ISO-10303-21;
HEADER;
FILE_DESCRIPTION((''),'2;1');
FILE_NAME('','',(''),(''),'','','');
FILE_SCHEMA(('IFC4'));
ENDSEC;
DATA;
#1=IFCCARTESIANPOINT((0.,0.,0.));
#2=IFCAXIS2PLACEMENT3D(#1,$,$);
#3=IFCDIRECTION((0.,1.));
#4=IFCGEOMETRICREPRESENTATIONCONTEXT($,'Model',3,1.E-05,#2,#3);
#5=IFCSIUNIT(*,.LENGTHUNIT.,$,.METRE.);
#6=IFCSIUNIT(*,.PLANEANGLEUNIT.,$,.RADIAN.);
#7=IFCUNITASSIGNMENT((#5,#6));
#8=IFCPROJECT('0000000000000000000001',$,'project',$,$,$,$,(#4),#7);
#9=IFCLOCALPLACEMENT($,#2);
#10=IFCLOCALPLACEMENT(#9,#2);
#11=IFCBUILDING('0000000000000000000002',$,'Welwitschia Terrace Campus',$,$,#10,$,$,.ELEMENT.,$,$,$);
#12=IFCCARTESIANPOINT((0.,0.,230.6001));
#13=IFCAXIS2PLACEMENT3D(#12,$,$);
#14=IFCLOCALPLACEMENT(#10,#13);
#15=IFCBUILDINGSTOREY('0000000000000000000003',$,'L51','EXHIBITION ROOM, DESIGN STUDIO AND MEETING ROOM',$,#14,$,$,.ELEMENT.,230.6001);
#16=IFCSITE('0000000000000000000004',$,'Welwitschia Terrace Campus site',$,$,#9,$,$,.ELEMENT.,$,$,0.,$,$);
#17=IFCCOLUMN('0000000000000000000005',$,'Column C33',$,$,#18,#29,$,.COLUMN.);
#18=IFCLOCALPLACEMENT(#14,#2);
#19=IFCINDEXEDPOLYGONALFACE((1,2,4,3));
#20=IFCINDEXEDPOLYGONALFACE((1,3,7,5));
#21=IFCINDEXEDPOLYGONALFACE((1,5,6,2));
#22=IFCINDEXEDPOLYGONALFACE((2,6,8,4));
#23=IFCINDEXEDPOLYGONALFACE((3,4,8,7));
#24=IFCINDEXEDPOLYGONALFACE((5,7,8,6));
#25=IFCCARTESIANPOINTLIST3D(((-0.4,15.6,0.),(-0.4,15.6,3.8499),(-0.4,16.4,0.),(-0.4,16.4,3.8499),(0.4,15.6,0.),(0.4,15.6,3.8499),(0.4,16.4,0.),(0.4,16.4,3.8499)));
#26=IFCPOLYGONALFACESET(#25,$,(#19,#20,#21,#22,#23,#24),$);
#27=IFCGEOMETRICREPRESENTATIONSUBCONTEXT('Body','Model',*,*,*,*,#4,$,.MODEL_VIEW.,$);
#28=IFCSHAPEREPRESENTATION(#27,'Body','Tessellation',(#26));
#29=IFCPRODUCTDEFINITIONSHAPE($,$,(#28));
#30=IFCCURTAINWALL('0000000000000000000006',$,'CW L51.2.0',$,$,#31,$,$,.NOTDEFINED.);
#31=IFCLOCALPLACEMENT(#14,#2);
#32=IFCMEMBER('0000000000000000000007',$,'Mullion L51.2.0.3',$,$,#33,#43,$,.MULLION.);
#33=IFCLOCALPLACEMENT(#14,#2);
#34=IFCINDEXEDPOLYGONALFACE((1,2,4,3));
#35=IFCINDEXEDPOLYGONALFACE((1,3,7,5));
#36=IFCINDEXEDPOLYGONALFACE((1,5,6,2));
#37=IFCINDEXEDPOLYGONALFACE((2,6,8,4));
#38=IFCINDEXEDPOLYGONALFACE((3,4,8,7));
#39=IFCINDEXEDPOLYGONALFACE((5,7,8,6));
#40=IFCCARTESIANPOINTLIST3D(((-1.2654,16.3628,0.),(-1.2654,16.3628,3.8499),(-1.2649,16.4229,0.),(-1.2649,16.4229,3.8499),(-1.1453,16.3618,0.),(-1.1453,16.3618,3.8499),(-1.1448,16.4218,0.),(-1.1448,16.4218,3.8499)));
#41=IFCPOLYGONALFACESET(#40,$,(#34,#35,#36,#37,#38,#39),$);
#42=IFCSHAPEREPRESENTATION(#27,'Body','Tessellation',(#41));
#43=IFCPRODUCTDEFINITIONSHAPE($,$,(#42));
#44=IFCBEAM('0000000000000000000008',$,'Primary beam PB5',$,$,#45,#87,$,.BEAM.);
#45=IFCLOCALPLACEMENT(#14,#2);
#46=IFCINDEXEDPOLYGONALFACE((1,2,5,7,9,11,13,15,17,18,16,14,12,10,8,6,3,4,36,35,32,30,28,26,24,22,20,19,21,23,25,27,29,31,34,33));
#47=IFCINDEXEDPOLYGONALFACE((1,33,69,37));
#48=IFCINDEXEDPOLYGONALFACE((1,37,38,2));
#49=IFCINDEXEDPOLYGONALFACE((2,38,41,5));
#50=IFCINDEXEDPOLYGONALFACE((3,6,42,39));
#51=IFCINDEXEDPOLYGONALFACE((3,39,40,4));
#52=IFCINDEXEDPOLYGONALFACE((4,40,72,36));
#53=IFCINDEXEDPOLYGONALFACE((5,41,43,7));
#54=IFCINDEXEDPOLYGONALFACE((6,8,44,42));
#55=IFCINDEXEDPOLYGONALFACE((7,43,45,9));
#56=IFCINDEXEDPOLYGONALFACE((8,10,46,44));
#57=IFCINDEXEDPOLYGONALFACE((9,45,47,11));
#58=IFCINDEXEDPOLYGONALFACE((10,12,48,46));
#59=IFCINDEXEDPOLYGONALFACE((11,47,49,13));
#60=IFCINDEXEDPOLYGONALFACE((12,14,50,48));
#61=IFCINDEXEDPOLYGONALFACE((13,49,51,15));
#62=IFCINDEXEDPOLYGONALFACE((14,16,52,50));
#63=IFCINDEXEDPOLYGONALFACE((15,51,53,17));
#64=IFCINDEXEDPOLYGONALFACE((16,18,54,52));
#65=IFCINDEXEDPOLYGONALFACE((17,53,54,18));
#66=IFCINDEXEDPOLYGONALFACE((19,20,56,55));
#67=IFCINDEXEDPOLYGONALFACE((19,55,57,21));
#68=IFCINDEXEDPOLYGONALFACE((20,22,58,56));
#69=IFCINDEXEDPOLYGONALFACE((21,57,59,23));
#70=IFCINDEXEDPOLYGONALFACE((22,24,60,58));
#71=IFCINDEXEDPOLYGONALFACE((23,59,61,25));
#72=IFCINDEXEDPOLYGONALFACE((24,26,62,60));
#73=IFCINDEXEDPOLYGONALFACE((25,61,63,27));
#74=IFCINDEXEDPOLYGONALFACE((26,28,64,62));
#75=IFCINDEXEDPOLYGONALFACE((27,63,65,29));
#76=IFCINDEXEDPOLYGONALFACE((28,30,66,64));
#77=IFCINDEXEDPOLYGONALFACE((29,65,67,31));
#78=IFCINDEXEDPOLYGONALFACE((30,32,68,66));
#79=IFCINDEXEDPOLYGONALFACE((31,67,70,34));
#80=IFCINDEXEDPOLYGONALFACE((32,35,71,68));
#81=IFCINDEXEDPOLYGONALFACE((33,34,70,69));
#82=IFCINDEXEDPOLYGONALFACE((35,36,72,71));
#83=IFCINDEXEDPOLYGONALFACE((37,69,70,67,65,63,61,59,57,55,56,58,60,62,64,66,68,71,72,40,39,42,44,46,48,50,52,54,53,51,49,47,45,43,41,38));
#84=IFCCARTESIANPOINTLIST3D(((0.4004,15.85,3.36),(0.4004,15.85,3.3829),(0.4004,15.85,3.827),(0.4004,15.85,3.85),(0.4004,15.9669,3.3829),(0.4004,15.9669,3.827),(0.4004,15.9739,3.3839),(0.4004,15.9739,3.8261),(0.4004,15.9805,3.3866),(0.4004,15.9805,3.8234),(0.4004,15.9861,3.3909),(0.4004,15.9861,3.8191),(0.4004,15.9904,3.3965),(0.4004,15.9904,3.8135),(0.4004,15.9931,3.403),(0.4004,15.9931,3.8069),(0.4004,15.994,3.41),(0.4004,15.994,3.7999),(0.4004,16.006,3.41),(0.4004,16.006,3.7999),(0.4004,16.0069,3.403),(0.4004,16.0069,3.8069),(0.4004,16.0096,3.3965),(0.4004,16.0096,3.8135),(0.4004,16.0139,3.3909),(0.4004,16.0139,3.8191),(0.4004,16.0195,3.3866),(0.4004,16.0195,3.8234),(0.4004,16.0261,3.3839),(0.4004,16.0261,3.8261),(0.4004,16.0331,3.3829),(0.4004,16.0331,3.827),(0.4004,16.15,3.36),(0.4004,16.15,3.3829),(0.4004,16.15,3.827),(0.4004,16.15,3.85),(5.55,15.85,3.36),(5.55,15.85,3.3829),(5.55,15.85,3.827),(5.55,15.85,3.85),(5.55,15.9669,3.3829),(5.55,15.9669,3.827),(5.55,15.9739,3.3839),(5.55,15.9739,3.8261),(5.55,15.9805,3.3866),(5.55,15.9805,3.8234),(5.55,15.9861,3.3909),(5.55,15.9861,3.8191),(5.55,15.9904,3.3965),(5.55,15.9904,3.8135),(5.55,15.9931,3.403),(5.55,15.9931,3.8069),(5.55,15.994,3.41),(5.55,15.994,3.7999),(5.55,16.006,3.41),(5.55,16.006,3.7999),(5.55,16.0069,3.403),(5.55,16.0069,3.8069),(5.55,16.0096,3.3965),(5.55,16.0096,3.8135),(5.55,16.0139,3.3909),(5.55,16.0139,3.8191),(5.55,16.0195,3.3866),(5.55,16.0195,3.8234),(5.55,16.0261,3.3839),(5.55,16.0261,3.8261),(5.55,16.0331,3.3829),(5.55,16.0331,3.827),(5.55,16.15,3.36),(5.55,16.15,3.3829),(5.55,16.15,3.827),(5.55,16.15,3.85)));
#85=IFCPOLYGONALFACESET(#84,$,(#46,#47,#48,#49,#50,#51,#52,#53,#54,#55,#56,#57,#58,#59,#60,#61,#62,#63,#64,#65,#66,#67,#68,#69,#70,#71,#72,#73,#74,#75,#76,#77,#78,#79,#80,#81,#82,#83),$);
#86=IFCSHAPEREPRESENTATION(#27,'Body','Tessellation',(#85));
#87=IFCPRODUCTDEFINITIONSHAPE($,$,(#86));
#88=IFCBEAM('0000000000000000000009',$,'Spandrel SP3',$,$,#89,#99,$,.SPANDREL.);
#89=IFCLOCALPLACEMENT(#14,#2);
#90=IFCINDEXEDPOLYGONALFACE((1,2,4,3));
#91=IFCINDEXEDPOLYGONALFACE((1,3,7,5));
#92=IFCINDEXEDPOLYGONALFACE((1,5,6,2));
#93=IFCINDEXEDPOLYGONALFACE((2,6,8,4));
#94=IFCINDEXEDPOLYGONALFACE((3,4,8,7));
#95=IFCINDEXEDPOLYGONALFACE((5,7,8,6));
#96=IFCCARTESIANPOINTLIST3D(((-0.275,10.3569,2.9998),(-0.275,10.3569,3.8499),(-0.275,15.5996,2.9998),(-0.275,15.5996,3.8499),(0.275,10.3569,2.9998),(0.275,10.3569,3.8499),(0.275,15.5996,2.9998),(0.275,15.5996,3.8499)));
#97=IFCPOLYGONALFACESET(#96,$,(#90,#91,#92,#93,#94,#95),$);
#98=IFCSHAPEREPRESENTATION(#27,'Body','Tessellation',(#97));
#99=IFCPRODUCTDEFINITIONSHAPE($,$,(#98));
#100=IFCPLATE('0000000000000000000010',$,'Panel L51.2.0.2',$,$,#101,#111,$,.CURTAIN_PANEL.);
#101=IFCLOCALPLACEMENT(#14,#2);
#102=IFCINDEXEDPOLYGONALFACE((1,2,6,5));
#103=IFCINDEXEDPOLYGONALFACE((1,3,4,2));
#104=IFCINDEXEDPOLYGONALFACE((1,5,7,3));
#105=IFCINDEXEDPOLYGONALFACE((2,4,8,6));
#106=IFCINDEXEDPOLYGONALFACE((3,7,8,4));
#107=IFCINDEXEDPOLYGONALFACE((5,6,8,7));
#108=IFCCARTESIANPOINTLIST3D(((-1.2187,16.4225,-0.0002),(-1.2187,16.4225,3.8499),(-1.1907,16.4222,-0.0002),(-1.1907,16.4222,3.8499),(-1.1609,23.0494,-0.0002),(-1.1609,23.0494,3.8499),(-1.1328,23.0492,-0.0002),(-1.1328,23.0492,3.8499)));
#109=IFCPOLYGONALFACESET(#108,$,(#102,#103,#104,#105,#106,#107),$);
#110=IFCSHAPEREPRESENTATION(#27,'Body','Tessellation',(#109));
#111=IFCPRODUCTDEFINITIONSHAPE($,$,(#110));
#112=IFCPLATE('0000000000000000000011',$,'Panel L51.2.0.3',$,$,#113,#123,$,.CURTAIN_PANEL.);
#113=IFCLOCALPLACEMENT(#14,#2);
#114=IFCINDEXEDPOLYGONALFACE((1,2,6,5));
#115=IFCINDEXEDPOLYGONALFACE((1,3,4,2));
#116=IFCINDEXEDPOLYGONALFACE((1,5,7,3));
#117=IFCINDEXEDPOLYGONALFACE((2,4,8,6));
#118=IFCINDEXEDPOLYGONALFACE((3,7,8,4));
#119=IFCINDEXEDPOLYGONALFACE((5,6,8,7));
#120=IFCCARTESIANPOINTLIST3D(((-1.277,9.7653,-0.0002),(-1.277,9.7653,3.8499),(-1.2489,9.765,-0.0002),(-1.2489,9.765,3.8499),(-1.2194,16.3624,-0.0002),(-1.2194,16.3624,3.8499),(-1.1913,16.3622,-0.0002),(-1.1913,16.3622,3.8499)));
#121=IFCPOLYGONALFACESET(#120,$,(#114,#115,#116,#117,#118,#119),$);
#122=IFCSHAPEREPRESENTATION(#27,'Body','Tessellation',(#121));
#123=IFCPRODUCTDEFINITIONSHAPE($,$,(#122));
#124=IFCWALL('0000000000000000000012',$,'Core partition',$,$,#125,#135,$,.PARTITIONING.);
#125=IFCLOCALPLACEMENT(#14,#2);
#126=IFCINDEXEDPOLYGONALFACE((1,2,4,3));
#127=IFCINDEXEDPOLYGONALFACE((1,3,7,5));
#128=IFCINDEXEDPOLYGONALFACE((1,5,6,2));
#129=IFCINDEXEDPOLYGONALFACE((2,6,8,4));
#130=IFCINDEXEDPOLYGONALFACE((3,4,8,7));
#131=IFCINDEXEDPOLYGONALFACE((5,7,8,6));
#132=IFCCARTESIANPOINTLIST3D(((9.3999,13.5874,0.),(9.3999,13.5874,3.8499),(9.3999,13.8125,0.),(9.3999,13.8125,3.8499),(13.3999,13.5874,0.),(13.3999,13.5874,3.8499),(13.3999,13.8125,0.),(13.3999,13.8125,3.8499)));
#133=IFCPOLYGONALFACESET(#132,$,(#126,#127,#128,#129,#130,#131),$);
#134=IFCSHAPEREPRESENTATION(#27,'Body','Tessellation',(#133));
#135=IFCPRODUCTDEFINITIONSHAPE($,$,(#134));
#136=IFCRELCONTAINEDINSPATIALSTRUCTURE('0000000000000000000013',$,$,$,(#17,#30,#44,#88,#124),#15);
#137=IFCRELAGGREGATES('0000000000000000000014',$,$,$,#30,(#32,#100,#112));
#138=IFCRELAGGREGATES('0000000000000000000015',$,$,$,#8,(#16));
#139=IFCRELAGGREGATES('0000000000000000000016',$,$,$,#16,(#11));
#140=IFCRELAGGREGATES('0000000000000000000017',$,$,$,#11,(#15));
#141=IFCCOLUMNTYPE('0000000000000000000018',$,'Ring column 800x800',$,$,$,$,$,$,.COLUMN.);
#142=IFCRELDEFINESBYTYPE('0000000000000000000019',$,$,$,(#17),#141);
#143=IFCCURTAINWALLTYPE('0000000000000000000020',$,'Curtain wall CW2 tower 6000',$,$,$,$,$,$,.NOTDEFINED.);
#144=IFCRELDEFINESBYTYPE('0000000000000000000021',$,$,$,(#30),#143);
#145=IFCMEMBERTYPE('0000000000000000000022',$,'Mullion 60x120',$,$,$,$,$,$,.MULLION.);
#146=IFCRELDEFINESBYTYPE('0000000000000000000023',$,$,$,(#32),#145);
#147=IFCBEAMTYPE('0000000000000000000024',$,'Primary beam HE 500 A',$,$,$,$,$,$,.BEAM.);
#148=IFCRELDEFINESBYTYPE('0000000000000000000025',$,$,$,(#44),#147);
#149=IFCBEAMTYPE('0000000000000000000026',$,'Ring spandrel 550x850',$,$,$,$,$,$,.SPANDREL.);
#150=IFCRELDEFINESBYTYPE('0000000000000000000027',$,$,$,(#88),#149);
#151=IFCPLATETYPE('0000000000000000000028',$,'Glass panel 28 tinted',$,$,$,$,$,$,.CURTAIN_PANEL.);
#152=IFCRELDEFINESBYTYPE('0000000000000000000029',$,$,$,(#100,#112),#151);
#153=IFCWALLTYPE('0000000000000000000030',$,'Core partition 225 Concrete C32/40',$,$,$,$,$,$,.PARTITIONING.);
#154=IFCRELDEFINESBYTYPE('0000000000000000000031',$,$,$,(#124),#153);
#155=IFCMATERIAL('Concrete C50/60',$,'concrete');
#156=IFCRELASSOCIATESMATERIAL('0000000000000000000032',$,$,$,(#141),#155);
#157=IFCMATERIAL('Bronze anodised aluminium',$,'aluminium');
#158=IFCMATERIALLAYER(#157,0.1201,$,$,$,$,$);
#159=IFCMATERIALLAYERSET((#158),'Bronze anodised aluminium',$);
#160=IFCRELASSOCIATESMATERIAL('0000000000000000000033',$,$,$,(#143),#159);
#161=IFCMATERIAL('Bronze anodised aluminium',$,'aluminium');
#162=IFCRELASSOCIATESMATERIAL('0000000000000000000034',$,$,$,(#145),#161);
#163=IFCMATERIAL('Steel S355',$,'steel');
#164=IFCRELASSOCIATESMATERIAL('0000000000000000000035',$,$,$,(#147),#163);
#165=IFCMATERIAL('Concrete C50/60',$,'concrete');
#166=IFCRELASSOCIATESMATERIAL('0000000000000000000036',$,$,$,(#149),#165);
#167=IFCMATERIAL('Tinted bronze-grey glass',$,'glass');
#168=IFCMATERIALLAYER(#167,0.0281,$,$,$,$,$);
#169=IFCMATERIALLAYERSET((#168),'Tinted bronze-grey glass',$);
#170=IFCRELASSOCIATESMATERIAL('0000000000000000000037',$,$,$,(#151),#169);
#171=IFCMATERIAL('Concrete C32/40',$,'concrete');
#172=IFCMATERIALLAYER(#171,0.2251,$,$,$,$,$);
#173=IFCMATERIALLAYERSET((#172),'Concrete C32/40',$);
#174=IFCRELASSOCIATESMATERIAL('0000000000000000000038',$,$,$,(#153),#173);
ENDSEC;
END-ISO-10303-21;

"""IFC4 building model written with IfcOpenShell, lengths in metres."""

from ifc_helpers import new_model, si_unit, direction, frame, frame_2d, origin, origin_2d, place, context, subcontext, project, spatial, rectangle, i_section, extrude, material, layer, layer_set, material_profile, profile_set, type_object, element, aggregate, save


model = new_model("IFC4")

# Units and contexts
model_context = context("Model", 3, precision=1e-05, world=origin(), true_north=direction((0.0, 1.0)))
body_context = subcontext(model_context, "Body", "Model", "MODEL_VIEW")
ifc_project = project(units=[si_unit("LENGTHUNIT", "METRE"), si_unit("PLANEANGLEUNIT", "RADIAN")], contexts=[model_context])

# Site, building, storey
site_placement = place(None, origin())
site = spatial("IfcSite", under=ifc_project, at=site_placement, Name="Welwitschia Terrace Campus site", CompositionType="ELEMENT", RefElevation=0.0)
building_placement = place(site_placement, origin())
building = spatial("IfcBuilding", under=site, at=building_placement, Name="Welwitschia Terrace Campus", CompositionType="ELEMENT")
storey_placement = place(building_placement, frame((0.0, 0.0, 230.6001)))
storey = spatial("IfcBuildingStorey", under=building, at=storey_placement, Name="L51", Description="EXHIBITION ROOM, DESIGN STUDIO AND MEETING ROOM", CompositionType="ELEMENT", Elevation=230.6001)

# Column
ifc_material_1 = material(Name="Concrete C50/60", Category="concrete")
ifc_material_profile_1 = material_profile(ifc_material_1, rectangle(XDim=0.8, YDim=0.8, at=origin_2d()))
ifc_profile_set_1 = profile_set([ifc_material_profile_1], Name="Concrete C50/60")
column_type = type_object("IfcColumnType", Name="Ring column 800x800", PredefinedType="COLUMN", material=ifc_profile_set_1)
column_placement = place(storey_placement, frame((0.0, 16.0, 0.0), z_axis=(0.0, 0.0, 1.0), x_axis=(1.0, 0.0, 0.0)))
element("IfcColumn", 1, at=column_placement, inside=storey, type_object=column_type, Name="Column C33", PredefinedType="COLUMN", context=body_context, shape_type="SweptSolid", body=[
    extrude(rectangle(XDim=0.8, YDim=0.8, at=origin_2d()), origin(), (0.0, 0.0, 1.0), 3.8499),
])

# Curtain wall, member
ifc_material_2 = material(Name="Bronze anodised aluminium", Category="aluminium")
ifc_layer_1 = layer(ifc_material_2, 0.1201)
ifc_layer_set_1 = layer_set([ifc_layer_1], Name="Bronze anodised aluminium")
curtain_wall_type = type_object("IfcCurtainWallType", Name="Curtain wall CW2 tower 6000", PredefinedType="NOTDEFINED", material=ifc_layer_set_1)
curtain_wall_placement = place(storey_placement, origin())
curtain_wall = element("IfcCurtainWall", 2, at=curtain_wall_placement, inside=storey, type_object=curtain_wall_type, Name="CW L51.2.0", PredefinedType="NOTDEFINED")
ifc_material_3 = material(Name="Bronze anodised aluminium", Category="aluminium")
ifc_material_profile_2 = material_profile(ifc_material_3, rectangle(XDim=0.1201, YDim=0.0601, at=origin_2d()))
ifc_profile_set_2 = profile_set([ifc_material_profile_2], Name="Bronze anodised aluminium")
member_type = type_object("IfcMemberType", Name="Mullion 60x120", PredefinedType="MULLION", material=ifc_profile_set_2)
member_placement = place(storey_placement, frame((-1.2051, 16.3923, 0.0), z_axis=(0.0, 0.0, 1.0), x_axis=(0.999962, -0.008727, 0.0)))
member = element("IfcMember", 3, at=member_placement, type_object=member_type, Name="Mullion L51.2.0.3", PredefinedType="MULLION", context=body_context, shape_type="SweptSolid", body=[
    extrude(rectangle(XDim=0.1201, YDim=0.0601, at=origin_2d()), origin(), (0.0, 0.0, 1.0), 3.8499),
])

# Beams
ifc_material_4 = material(Name="Steel S355", Category="steel")
ifc_material_profile_3 = material_profile(ifc_material_4, i_section(OverallWidth=0.3, OverallDepth=0.49, WebThickness=0.012, FlangeThickness=0.0229, FilletRadius=0.0271, at=origin_2d()))
ifc_profile_set_3 = profile_set([ifc_material_profile_3], Name="Steel S355")
beam_type_1 = type_object("IfcBeamType", Name="Primary beam HE 500 A", PredefinedType="BEAM", material=ifc_profile_set_3)
beam_1_placement = place(storey_placement, frame((0.4004, 16.0, 3.605), z_axis=(1.0, 0.0, 0.0), x_axis=(0.0, 1.0, 0.0)))
element("IfcBeam", 4, at=beam_1_placement, inside=storey, type_object=beam_type_1, Name="Primary beam PB5", PredefinedType="BEAM", context=body_context, shape_type="SweptSolid", body=[
    extrude(i_section(OverallWidth=0.3, OverallDepth=0.49, WebThickness=0.012, FlangeThickness=0.0229, FilletRadius=0.0271, at=origin_2d()), origin(), (0.0, 0.0, 1.0), 5.1497),
])
ifc_material_5 = material(Name="Concrete C50/60", Category="concrete")
ifc_material_profile_4 = material_profile(ifc_material_5, rectangle(XDim=0.55, YDim=0.8501, at=origin_2d()))
ifc_profile_set_4 = profile_set([ifc_material_profile_4], Name="Concrete C50/60")
beam_type_2 = type_object("IfcBeamType", Name="Ring spandrel 550x850", PredefinedType="SPANDREL", material=ifc_profile_set_4)
beam_2_placement = place(storey_placement, frame((0.0, 15.5996, 3.4248), z_axis=(0.0, -1.0, 0.0), x_axis=(1.0, 0.0, 0.0)))
element("IfcBeam", 5, at=beam_2_placement, inside=storey, type_object=beam_type_2, Name="Spandrel SP3", PredefinedType="SPANDREL", context=body_context, shape_type="SweptSolid", body=[
    extrude(rectangle(XDim=0.55, YDim=0.8501, at=origin_2d()), origin(), (0.0, 0.0, 1.0), 5.2427),
])

# Plates
ifc_material_6 = material(Name="Tinted bronze-grey glass", Category="glass")
ifc_layer_2 = layer(ifc_material_6, 0.0281)
ifc_layer_set_2 = layer_set([ifc_layer_2], Name="Tinted bronze-grey glass")
plate_type = type_object("IfcPlateType", Name="Glass panel 28 tinted", PredefinedType="CURTAIN_PANEL", material=ifc_layer_set_2)
plate_1_placement = place(storey_placement, frame((-1.1758, 19.7358, -0.0002), z_axis=(0.0, 0.0, 1.0), x_axis=(-0.008727, -0.999962, 0.0)))
plate_1 = element("IfcPlate", 6, at=plate_1_placement, type_object=plate_type, Name="Panel L51.2.0.2", PredefinedType="CURTAIN_PANEL", context=body_context, shape_type="SweptSolid", body=[
    extrude(rectangle(XDim=6.6272, YDim=0.0281, at=origin_2d()), origin(), (0.0, 0.0, 1.0), 3.8501),
])
plate_2_placement = place(storey_placement, frame((-1.2341, 13.0637, -0.0002), z_axis=(0.0, 0.0, 1.0), x_axis=(-0.008727, -0.999962, 0.0)))
plate_2 = element("IfcPlate", 7, at=plate_2_placement, type_object=plate_type, Name="Panel L51.2.0.3", PredefinedType="CURTAIN_PANEL", context=body_context, shape_type="SweptSolid", body=[
    extrude(rectangle(XDim=6.5974, YDim=0.0281, at=origin_2d()), origin(), (0.0, 0.0, 1.0), 3.8501),
])
aggregate(curtain_wall, [member, plate_1, plate_2])

# Wall
ifc_material_7 = material(Name="Concrete C32/40", Category="concrete")
ifc_layer_3 = layer(ifc_material_7, 0.2251)
ifc_layer_set_3 = layer_set([ifc_layer_3], Name="Concrete C32/40")
wall_type_1 = type_object("IfcWallType", Name="Core partition 225 Concrete C32/40", PredefinedType="PARTITIONING", material=ifc_layer_set_3)
wall_1_placement = place(storey_placement, frame((9.3999, 13.7, 0.0), z_axis=(0.0, 0.0, 1.0), x_axis=(1.0, 0.0, 0.0)))
element("IfcWall", 8, at=wall_1_placement, inside=storey, type_object=wall_type_1, Name="Core partition", PredefinedType="PARTITIONING", context=body_context, shape_type="SweptSolid", body=[
    extrude(rectangle(XDim=4.0, YDim=0.2251, at=frame_2d((2.0, 0.0))), origin(), (0.0, 0.0, 1.0), 3.8499),
])

save(model, "model.ifc")
